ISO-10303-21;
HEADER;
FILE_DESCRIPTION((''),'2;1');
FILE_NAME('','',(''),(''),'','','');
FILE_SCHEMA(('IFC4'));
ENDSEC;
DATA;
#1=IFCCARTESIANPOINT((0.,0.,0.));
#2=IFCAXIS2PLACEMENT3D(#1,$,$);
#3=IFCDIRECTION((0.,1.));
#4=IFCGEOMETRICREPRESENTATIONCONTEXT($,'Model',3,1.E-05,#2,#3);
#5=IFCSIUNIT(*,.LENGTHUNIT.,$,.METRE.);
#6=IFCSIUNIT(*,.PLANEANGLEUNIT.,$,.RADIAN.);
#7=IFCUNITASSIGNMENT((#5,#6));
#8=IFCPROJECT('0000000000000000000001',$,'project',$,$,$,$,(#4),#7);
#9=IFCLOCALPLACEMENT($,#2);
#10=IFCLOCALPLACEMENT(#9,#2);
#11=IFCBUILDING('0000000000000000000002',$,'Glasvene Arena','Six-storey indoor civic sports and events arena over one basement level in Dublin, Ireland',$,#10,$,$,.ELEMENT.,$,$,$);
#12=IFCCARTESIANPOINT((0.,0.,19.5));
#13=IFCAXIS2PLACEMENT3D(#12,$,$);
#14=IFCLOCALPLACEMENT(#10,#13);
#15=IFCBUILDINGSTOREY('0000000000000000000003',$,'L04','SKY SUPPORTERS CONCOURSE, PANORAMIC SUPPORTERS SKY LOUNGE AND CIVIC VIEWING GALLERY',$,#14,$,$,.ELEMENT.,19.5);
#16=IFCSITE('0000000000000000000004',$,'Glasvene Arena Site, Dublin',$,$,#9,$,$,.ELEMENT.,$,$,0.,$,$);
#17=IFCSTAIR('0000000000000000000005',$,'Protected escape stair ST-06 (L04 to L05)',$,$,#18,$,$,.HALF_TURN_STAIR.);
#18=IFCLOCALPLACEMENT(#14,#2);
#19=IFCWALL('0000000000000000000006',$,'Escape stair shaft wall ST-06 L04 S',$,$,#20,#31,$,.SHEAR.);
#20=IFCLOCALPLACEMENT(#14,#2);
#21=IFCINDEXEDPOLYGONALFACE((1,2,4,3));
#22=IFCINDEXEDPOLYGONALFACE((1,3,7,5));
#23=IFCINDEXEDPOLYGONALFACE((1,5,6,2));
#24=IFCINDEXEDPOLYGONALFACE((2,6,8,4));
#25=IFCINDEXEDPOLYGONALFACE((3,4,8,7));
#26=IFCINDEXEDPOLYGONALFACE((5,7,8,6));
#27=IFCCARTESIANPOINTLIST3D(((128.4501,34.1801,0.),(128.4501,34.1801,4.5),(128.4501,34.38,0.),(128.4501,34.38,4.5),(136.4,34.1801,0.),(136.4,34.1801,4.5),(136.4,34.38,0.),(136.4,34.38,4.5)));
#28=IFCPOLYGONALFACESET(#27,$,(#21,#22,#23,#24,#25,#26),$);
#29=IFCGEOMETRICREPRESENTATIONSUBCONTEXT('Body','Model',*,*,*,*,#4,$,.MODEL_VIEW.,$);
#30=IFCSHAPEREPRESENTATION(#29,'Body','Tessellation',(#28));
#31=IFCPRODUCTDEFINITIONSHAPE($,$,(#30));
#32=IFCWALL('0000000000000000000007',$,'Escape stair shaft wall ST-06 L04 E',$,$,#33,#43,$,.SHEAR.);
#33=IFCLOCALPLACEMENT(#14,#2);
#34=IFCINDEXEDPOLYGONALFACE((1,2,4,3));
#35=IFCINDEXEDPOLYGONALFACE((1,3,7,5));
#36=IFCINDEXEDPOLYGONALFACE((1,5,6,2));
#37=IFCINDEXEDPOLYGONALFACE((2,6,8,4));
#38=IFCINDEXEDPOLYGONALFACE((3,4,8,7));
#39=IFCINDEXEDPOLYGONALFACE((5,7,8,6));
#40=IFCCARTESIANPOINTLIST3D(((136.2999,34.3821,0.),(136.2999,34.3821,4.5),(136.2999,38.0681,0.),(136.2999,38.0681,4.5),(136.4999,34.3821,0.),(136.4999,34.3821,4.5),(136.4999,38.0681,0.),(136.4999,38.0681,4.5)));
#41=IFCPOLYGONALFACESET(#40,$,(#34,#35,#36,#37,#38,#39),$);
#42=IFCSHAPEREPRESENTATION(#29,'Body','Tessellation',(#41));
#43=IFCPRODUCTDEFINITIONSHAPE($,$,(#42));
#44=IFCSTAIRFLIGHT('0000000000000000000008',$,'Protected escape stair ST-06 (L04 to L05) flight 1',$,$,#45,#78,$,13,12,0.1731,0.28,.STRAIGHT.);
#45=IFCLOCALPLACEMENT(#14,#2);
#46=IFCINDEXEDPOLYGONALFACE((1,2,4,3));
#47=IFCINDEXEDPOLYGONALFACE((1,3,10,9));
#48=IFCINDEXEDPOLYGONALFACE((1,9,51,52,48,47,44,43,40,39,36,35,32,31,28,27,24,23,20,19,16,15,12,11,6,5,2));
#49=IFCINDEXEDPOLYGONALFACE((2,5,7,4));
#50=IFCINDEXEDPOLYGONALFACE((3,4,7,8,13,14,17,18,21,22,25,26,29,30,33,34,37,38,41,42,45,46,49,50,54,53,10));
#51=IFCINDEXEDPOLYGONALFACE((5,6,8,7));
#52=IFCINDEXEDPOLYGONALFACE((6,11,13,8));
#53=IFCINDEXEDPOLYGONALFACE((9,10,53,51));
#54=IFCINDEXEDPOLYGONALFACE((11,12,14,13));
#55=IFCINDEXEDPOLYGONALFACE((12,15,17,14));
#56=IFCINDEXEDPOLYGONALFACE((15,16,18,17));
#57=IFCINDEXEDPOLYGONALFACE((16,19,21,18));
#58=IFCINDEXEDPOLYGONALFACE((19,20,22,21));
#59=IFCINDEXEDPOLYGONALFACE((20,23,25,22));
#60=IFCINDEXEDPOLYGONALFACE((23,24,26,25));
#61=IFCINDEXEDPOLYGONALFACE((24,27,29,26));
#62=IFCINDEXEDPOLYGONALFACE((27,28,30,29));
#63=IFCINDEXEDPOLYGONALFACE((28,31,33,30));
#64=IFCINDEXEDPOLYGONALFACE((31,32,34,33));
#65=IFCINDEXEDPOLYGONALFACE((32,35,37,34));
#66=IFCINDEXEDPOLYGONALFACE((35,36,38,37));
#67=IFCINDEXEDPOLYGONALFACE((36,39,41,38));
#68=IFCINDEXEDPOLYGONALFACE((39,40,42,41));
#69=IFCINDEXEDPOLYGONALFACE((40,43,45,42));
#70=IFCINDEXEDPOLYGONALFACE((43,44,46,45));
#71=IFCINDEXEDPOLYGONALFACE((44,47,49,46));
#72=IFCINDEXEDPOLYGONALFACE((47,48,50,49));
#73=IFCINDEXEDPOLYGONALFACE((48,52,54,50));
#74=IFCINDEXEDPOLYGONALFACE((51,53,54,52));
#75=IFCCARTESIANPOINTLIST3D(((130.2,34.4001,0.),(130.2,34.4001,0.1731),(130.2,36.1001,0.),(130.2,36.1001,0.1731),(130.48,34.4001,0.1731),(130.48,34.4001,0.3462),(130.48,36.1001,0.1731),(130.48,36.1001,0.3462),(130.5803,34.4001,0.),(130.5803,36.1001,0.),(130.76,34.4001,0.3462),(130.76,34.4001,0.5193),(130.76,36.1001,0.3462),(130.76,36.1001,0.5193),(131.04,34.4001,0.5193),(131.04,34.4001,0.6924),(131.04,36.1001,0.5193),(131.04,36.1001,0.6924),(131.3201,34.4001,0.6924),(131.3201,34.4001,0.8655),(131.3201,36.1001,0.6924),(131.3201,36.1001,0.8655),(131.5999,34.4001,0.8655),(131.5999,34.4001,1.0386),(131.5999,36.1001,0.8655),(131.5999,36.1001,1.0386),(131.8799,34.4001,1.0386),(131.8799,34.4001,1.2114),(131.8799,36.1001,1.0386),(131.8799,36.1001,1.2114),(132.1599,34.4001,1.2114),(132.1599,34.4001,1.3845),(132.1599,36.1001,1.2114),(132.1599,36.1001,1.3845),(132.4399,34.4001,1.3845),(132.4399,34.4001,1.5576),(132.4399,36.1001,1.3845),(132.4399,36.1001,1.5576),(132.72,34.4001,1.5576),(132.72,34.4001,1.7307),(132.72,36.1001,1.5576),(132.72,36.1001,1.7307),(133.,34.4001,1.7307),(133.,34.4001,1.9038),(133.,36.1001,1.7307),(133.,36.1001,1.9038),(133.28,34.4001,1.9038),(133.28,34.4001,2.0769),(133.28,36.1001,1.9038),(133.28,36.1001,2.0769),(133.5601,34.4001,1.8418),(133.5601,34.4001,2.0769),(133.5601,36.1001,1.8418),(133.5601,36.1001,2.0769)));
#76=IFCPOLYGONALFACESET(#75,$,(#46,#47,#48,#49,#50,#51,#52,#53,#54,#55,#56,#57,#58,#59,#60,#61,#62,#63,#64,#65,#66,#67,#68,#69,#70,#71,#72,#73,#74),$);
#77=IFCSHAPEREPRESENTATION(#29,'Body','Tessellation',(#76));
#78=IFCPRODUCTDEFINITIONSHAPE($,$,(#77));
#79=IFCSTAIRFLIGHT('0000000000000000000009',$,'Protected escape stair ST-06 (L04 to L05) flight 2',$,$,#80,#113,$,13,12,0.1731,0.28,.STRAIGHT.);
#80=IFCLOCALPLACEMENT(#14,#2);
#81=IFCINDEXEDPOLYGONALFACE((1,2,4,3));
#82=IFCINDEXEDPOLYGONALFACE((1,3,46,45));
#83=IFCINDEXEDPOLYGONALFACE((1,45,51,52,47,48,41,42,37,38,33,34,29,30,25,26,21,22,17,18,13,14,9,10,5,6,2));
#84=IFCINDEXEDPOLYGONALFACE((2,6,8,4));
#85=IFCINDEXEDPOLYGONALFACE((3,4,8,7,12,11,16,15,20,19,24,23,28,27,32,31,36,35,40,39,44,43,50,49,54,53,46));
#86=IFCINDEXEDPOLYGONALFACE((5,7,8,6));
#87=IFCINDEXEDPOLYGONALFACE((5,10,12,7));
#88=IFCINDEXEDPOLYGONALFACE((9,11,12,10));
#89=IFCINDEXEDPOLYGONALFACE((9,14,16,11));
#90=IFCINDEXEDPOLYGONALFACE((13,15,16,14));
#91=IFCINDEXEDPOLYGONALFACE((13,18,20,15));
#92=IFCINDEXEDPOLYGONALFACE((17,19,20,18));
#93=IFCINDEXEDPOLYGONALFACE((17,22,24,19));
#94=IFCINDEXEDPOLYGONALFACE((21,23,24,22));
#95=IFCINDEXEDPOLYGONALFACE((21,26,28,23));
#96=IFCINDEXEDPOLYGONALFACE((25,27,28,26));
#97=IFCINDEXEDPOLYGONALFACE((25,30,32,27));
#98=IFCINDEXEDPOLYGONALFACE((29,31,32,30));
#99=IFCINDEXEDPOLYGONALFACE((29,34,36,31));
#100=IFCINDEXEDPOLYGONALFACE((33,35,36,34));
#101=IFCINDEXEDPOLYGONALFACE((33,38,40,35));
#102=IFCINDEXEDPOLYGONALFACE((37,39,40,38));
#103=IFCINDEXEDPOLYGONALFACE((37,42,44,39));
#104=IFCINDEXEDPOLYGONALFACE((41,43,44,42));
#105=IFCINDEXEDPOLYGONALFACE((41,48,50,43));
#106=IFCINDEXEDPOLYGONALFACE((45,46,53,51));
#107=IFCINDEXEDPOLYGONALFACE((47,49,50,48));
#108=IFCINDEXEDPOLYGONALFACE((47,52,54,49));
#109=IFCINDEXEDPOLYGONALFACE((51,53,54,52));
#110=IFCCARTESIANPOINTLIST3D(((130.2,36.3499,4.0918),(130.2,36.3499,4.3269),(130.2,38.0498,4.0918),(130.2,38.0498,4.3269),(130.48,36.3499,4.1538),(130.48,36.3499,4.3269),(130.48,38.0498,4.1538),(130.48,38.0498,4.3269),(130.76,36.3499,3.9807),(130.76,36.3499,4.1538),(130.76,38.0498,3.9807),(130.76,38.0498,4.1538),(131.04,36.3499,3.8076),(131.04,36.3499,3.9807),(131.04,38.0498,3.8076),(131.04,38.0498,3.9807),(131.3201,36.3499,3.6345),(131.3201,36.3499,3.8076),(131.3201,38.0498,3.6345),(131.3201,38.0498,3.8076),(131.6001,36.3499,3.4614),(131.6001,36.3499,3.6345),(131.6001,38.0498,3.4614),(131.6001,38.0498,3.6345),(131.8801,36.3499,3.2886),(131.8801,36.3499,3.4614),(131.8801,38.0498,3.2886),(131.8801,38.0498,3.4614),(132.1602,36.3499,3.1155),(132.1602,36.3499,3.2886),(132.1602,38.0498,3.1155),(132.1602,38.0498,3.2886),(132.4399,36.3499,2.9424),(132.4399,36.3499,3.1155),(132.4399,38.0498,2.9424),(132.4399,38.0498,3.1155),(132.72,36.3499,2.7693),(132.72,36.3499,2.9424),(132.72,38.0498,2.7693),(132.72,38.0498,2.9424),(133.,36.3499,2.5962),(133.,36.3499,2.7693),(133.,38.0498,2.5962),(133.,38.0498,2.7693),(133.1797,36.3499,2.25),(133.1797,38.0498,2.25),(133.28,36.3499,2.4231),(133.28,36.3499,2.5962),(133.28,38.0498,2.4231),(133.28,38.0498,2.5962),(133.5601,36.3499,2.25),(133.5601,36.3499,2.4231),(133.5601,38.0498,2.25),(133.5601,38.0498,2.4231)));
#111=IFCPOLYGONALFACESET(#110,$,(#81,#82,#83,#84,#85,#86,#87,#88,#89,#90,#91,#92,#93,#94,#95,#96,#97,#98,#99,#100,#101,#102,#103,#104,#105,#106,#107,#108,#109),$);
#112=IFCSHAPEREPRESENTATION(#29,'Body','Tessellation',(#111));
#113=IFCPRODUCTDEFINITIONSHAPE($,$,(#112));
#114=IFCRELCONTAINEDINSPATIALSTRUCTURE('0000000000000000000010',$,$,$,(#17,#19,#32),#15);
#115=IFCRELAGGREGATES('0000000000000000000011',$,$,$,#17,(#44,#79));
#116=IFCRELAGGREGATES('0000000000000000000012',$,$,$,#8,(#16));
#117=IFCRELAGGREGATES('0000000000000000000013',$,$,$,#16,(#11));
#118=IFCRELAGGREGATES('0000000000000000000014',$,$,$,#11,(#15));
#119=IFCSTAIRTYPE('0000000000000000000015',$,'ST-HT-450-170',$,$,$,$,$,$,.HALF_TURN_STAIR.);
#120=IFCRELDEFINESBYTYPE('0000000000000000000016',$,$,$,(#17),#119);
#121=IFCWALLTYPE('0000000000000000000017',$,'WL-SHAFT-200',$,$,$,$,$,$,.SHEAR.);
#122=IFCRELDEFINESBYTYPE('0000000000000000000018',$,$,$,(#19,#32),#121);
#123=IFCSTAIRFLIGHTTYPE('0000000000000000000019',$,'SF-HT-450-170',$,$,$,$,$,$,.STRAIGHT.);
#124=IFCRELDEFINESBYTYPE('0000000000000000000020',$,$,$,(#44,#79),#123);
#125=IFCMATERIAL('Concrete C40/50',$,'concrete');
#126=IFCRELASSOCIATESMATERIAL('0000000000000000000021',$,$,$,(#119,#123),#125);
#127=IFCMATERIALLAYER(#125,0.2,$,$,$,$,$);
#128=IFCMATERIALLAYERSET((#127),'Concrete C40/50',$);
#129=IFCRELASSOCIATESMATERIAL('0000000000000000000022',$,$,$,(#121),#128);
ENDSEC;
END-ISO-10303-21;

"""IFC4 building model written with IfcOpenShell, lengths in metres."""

from ifc_helpers import new_model, si_unit, direction, frame, frame_2d, origin, place, context, subcontext, project, spatial, polyline, rectangle, outline, extrude, material, layer, layer_set, type_object, element, aggregate, save


model = new_model("IFC4")

# Units and contexts
model_context = context("Model", 3, precision=1e-05, world=origin(), true_north=direction((0.0, 1.0)))
body_context = subcontext(model_context, "Body", "Model", "MODEL_VIEW")
ifc_project = project(units=[si_unit("LENGTHUNIT", "METRE"), si_unit("PLANEANGLEUNIT", "RADIAN")], contexts=[model_context])

# Site, building, storey
site_placement = place(None, origin())
site = spatial("IfcSite", under=ifc_project, at=site_placement, Name="Glasvene Arena Site, Dublin", CompositionType="ELEMENT", RefElevation=0.0)
building_placement = place(site_placement, origin())
building = spatial("IfcBuilding", under=site, at=building_placement, Name="Glasvene Arena", Description="Six-storey indoor civic sports and events arena over one basement level in Dublin, Ireland", CompositionType="ELEMENT")
storey_placement = place(building_placement, frame((0.0, 0.0, 19.5)))
storey = spatial("IfcBuildingStorey", under=building, at=storey_placement, Name="L04", Description="SKY SUPPORTERS CONCOURSE, PANORAMIC SUPPORTERS SKY LOUNGE AND CIVIC VIEWING GALLERY", CompositionType="ELEMENT", Elevation=19.5)

# Stair
ifc_material_1 = material(Name="Concrete C40/50", Category="concrete")
stair_type = type_object("IfcStairType", Name="ST-HT-450-170", PredefinedType="HALF_TURN_STAIR", material=ifc_material_1)
stair_placement = place(storey_placement, origin())
stair = element("IfcStair", 1, at=stair_placement, inside=storey, type_object=stair_type, Name="Protected escape stair ST-06 (L04 to L05)", PredefinedType="HALF_TURN_STAIR")

# Wall
ifc_layer_1 = layer(ifc_material_1, 0.2)
ifc_layer_set_1 = layer_set([ifc_layer_1], Name="Concrete C40/50")
wall_type_1 = type_object("IfcWallType", Name="WL-SHAFT-200", PredefinedType="SHEAR", material=ifc_layer_set_1)
wall_1_placement = place(storey_placement, frame((128.45, 34.28, 0.0), z_axis=(0.0, 0.0, 1.0), x_axis=(1.0, 0.0, 0.0)))
element("IfcWall", 2, at=wall_1_placement, inside=storey, type_object=wall_type_1, Name="Escape stair shaft wall ST-06 L04 S", PredefinedType="SHEAR", context=body_context, shape_type="SweptSolid", body=[
    extrude(rectangle(XDim=7.95, YDim=0.2, at=frame_2d((3.9751, 0.0))), origin(), (0.0, 0.0, 1.0), 4.5),
])

# Wall
wall_2_placement = place(storey_placement, frame((136.3999, 34.3821, 0.0), z_axis=(0.0, 0.0, 1.0), x_axis=(0.0, 1.0, 0.0)))
element("IfcWall", 3, at=wall_2_placement, inside=storey, type_object=wall_type_1, Name="Escape stair shaft wall ST-06 L04 E", PredefinedType="SHEAR", context=body_context, shape_type="SweptSolid", body=[
    extrude(rectangle(XDim=3.686, YDim=0.2, at=frame_2d((1.843, 0.0))), origin(), (0.0, 0.0, 1.0), 4.5),
])

# Stair flights
stair_flight_type = type_object("IfcStairFlightType", Name="SF-HT-450-170", PredefinedType="STRAIGHT", material=ifc_material_1)
stair_flight_1_placement = place(storey_placement, frame((130.2, 35.25, 0.0), z_axis=(0.0, 0.0, 1.0), x_axis=(1.0, 0.0, 0.0)))
stair_flight_1 = element("IfcStairFlight", 4, at=stair_flight_1_placement, type_object=stair_flight_type, Name="Protected escape stair ST-06 (L04 to L05) flight 1", NumberOfRisers=13, NumberOfTreads=12, PredefinedType="STRAIGHT", RiserHeight=0.1731, TreadLength=0.28, context=body_context, shape_type="SweptSolid", body=[
    extrude(outline(polyline([(0.0, 0.0), (0.0, 0.1731), (0.28, 0.1731), (0.28, 0.3462), (0.5601, 0.3462), (0.5601, 0.5193), (0.8401, 0.5193), (0.8401, 0.6924), (1.1201, 0.6924), (1.1201, 0.8655), (1.3999, 0.8655), (1.3999, 1.0386), (1.6799, 1.0386), (1.6799, 1.2114), (1.96, 1.2114), (1.96, 1.3845), (2.24, 1.3845), (2.24, 1.5576), (2.52, 1.5576), (2.52, 1.7307), (2.8, 1.7307), (2.8, 1.9038), (3.0801, 1.9038), (3.0801, 2.0769), (3.3601, 2.0769), (3.3601, 2.25), (3.3601, 1.8418), (0.3804, 0.0), (0.0, 0.0)])), frame((0.0, 0.8501, 0.0), z_axis=(0.0, -1.0, 0.0), x_axis=(1.0, 0.0, 0.0)), (0.0, 0.0, 1.0), 1.7),
])
stair_flight_2_placement = place(storey_placement, frame((133.5601, 37.2, 2.25), z_axis=(0.0, 0.0, 1.0), x_axis=(-1.0, 0.0, 0.0)))
stair_flight_2 = element("IfcStairFlight", 5, at=stair_flight_2_placement, type_object=stair_flight_type, Name="Protected escape stair ST-06 (L04 to L05) flight 2", NumberOfRisers=13, NumberOfTreads=12, PredefinedType="STRAIGHT", RiserHeight=0.1731, TreadLength=0.28, context=body_context, shape_type="SweptSolid", body=[
    extrude(outline(polyline([(0.0, 0.0), (0.0, 0.1731), (0.28, 0.1731), (0.28, 0.3462), (0.5601, 0.3462), (0.5601, 0.5193), (0.8401, 0.5193), (0.8401, 0.6924), (1.1201, 0.6924), (1.1201, 0.8655), (1.3999, 0.8655), (1.3999, 1.0386), (1.6799, 1.0386), (1.6799, 1.2114), (1.96, 1.2114), (1.96, 1.3845), (2.24, 1.3845), (2.24, 1.5576), (2.52, 1.5576), (2.52, 1.7307), (2.8, 1.7307), (2.8, 1.9038), (3.0801, 1.9038), (3.0801, 2.0769), (3.3601, 2.0769), (3.3601, 2.25), (3.3601, 1.8418), (0.3804, 0.0), (0.0, 0.0)])), frame((0.0, 0.8501, 0.0), z_axis=(0.0, -1.0, 0.0), x_axis=(1.0, 0.0, 0.0)), (0.0, 0.0, 1.0), 1.7),
])
aggregate(stair, [stair_flight_1, stair_flight_2])

save(model, "model.ifc")
